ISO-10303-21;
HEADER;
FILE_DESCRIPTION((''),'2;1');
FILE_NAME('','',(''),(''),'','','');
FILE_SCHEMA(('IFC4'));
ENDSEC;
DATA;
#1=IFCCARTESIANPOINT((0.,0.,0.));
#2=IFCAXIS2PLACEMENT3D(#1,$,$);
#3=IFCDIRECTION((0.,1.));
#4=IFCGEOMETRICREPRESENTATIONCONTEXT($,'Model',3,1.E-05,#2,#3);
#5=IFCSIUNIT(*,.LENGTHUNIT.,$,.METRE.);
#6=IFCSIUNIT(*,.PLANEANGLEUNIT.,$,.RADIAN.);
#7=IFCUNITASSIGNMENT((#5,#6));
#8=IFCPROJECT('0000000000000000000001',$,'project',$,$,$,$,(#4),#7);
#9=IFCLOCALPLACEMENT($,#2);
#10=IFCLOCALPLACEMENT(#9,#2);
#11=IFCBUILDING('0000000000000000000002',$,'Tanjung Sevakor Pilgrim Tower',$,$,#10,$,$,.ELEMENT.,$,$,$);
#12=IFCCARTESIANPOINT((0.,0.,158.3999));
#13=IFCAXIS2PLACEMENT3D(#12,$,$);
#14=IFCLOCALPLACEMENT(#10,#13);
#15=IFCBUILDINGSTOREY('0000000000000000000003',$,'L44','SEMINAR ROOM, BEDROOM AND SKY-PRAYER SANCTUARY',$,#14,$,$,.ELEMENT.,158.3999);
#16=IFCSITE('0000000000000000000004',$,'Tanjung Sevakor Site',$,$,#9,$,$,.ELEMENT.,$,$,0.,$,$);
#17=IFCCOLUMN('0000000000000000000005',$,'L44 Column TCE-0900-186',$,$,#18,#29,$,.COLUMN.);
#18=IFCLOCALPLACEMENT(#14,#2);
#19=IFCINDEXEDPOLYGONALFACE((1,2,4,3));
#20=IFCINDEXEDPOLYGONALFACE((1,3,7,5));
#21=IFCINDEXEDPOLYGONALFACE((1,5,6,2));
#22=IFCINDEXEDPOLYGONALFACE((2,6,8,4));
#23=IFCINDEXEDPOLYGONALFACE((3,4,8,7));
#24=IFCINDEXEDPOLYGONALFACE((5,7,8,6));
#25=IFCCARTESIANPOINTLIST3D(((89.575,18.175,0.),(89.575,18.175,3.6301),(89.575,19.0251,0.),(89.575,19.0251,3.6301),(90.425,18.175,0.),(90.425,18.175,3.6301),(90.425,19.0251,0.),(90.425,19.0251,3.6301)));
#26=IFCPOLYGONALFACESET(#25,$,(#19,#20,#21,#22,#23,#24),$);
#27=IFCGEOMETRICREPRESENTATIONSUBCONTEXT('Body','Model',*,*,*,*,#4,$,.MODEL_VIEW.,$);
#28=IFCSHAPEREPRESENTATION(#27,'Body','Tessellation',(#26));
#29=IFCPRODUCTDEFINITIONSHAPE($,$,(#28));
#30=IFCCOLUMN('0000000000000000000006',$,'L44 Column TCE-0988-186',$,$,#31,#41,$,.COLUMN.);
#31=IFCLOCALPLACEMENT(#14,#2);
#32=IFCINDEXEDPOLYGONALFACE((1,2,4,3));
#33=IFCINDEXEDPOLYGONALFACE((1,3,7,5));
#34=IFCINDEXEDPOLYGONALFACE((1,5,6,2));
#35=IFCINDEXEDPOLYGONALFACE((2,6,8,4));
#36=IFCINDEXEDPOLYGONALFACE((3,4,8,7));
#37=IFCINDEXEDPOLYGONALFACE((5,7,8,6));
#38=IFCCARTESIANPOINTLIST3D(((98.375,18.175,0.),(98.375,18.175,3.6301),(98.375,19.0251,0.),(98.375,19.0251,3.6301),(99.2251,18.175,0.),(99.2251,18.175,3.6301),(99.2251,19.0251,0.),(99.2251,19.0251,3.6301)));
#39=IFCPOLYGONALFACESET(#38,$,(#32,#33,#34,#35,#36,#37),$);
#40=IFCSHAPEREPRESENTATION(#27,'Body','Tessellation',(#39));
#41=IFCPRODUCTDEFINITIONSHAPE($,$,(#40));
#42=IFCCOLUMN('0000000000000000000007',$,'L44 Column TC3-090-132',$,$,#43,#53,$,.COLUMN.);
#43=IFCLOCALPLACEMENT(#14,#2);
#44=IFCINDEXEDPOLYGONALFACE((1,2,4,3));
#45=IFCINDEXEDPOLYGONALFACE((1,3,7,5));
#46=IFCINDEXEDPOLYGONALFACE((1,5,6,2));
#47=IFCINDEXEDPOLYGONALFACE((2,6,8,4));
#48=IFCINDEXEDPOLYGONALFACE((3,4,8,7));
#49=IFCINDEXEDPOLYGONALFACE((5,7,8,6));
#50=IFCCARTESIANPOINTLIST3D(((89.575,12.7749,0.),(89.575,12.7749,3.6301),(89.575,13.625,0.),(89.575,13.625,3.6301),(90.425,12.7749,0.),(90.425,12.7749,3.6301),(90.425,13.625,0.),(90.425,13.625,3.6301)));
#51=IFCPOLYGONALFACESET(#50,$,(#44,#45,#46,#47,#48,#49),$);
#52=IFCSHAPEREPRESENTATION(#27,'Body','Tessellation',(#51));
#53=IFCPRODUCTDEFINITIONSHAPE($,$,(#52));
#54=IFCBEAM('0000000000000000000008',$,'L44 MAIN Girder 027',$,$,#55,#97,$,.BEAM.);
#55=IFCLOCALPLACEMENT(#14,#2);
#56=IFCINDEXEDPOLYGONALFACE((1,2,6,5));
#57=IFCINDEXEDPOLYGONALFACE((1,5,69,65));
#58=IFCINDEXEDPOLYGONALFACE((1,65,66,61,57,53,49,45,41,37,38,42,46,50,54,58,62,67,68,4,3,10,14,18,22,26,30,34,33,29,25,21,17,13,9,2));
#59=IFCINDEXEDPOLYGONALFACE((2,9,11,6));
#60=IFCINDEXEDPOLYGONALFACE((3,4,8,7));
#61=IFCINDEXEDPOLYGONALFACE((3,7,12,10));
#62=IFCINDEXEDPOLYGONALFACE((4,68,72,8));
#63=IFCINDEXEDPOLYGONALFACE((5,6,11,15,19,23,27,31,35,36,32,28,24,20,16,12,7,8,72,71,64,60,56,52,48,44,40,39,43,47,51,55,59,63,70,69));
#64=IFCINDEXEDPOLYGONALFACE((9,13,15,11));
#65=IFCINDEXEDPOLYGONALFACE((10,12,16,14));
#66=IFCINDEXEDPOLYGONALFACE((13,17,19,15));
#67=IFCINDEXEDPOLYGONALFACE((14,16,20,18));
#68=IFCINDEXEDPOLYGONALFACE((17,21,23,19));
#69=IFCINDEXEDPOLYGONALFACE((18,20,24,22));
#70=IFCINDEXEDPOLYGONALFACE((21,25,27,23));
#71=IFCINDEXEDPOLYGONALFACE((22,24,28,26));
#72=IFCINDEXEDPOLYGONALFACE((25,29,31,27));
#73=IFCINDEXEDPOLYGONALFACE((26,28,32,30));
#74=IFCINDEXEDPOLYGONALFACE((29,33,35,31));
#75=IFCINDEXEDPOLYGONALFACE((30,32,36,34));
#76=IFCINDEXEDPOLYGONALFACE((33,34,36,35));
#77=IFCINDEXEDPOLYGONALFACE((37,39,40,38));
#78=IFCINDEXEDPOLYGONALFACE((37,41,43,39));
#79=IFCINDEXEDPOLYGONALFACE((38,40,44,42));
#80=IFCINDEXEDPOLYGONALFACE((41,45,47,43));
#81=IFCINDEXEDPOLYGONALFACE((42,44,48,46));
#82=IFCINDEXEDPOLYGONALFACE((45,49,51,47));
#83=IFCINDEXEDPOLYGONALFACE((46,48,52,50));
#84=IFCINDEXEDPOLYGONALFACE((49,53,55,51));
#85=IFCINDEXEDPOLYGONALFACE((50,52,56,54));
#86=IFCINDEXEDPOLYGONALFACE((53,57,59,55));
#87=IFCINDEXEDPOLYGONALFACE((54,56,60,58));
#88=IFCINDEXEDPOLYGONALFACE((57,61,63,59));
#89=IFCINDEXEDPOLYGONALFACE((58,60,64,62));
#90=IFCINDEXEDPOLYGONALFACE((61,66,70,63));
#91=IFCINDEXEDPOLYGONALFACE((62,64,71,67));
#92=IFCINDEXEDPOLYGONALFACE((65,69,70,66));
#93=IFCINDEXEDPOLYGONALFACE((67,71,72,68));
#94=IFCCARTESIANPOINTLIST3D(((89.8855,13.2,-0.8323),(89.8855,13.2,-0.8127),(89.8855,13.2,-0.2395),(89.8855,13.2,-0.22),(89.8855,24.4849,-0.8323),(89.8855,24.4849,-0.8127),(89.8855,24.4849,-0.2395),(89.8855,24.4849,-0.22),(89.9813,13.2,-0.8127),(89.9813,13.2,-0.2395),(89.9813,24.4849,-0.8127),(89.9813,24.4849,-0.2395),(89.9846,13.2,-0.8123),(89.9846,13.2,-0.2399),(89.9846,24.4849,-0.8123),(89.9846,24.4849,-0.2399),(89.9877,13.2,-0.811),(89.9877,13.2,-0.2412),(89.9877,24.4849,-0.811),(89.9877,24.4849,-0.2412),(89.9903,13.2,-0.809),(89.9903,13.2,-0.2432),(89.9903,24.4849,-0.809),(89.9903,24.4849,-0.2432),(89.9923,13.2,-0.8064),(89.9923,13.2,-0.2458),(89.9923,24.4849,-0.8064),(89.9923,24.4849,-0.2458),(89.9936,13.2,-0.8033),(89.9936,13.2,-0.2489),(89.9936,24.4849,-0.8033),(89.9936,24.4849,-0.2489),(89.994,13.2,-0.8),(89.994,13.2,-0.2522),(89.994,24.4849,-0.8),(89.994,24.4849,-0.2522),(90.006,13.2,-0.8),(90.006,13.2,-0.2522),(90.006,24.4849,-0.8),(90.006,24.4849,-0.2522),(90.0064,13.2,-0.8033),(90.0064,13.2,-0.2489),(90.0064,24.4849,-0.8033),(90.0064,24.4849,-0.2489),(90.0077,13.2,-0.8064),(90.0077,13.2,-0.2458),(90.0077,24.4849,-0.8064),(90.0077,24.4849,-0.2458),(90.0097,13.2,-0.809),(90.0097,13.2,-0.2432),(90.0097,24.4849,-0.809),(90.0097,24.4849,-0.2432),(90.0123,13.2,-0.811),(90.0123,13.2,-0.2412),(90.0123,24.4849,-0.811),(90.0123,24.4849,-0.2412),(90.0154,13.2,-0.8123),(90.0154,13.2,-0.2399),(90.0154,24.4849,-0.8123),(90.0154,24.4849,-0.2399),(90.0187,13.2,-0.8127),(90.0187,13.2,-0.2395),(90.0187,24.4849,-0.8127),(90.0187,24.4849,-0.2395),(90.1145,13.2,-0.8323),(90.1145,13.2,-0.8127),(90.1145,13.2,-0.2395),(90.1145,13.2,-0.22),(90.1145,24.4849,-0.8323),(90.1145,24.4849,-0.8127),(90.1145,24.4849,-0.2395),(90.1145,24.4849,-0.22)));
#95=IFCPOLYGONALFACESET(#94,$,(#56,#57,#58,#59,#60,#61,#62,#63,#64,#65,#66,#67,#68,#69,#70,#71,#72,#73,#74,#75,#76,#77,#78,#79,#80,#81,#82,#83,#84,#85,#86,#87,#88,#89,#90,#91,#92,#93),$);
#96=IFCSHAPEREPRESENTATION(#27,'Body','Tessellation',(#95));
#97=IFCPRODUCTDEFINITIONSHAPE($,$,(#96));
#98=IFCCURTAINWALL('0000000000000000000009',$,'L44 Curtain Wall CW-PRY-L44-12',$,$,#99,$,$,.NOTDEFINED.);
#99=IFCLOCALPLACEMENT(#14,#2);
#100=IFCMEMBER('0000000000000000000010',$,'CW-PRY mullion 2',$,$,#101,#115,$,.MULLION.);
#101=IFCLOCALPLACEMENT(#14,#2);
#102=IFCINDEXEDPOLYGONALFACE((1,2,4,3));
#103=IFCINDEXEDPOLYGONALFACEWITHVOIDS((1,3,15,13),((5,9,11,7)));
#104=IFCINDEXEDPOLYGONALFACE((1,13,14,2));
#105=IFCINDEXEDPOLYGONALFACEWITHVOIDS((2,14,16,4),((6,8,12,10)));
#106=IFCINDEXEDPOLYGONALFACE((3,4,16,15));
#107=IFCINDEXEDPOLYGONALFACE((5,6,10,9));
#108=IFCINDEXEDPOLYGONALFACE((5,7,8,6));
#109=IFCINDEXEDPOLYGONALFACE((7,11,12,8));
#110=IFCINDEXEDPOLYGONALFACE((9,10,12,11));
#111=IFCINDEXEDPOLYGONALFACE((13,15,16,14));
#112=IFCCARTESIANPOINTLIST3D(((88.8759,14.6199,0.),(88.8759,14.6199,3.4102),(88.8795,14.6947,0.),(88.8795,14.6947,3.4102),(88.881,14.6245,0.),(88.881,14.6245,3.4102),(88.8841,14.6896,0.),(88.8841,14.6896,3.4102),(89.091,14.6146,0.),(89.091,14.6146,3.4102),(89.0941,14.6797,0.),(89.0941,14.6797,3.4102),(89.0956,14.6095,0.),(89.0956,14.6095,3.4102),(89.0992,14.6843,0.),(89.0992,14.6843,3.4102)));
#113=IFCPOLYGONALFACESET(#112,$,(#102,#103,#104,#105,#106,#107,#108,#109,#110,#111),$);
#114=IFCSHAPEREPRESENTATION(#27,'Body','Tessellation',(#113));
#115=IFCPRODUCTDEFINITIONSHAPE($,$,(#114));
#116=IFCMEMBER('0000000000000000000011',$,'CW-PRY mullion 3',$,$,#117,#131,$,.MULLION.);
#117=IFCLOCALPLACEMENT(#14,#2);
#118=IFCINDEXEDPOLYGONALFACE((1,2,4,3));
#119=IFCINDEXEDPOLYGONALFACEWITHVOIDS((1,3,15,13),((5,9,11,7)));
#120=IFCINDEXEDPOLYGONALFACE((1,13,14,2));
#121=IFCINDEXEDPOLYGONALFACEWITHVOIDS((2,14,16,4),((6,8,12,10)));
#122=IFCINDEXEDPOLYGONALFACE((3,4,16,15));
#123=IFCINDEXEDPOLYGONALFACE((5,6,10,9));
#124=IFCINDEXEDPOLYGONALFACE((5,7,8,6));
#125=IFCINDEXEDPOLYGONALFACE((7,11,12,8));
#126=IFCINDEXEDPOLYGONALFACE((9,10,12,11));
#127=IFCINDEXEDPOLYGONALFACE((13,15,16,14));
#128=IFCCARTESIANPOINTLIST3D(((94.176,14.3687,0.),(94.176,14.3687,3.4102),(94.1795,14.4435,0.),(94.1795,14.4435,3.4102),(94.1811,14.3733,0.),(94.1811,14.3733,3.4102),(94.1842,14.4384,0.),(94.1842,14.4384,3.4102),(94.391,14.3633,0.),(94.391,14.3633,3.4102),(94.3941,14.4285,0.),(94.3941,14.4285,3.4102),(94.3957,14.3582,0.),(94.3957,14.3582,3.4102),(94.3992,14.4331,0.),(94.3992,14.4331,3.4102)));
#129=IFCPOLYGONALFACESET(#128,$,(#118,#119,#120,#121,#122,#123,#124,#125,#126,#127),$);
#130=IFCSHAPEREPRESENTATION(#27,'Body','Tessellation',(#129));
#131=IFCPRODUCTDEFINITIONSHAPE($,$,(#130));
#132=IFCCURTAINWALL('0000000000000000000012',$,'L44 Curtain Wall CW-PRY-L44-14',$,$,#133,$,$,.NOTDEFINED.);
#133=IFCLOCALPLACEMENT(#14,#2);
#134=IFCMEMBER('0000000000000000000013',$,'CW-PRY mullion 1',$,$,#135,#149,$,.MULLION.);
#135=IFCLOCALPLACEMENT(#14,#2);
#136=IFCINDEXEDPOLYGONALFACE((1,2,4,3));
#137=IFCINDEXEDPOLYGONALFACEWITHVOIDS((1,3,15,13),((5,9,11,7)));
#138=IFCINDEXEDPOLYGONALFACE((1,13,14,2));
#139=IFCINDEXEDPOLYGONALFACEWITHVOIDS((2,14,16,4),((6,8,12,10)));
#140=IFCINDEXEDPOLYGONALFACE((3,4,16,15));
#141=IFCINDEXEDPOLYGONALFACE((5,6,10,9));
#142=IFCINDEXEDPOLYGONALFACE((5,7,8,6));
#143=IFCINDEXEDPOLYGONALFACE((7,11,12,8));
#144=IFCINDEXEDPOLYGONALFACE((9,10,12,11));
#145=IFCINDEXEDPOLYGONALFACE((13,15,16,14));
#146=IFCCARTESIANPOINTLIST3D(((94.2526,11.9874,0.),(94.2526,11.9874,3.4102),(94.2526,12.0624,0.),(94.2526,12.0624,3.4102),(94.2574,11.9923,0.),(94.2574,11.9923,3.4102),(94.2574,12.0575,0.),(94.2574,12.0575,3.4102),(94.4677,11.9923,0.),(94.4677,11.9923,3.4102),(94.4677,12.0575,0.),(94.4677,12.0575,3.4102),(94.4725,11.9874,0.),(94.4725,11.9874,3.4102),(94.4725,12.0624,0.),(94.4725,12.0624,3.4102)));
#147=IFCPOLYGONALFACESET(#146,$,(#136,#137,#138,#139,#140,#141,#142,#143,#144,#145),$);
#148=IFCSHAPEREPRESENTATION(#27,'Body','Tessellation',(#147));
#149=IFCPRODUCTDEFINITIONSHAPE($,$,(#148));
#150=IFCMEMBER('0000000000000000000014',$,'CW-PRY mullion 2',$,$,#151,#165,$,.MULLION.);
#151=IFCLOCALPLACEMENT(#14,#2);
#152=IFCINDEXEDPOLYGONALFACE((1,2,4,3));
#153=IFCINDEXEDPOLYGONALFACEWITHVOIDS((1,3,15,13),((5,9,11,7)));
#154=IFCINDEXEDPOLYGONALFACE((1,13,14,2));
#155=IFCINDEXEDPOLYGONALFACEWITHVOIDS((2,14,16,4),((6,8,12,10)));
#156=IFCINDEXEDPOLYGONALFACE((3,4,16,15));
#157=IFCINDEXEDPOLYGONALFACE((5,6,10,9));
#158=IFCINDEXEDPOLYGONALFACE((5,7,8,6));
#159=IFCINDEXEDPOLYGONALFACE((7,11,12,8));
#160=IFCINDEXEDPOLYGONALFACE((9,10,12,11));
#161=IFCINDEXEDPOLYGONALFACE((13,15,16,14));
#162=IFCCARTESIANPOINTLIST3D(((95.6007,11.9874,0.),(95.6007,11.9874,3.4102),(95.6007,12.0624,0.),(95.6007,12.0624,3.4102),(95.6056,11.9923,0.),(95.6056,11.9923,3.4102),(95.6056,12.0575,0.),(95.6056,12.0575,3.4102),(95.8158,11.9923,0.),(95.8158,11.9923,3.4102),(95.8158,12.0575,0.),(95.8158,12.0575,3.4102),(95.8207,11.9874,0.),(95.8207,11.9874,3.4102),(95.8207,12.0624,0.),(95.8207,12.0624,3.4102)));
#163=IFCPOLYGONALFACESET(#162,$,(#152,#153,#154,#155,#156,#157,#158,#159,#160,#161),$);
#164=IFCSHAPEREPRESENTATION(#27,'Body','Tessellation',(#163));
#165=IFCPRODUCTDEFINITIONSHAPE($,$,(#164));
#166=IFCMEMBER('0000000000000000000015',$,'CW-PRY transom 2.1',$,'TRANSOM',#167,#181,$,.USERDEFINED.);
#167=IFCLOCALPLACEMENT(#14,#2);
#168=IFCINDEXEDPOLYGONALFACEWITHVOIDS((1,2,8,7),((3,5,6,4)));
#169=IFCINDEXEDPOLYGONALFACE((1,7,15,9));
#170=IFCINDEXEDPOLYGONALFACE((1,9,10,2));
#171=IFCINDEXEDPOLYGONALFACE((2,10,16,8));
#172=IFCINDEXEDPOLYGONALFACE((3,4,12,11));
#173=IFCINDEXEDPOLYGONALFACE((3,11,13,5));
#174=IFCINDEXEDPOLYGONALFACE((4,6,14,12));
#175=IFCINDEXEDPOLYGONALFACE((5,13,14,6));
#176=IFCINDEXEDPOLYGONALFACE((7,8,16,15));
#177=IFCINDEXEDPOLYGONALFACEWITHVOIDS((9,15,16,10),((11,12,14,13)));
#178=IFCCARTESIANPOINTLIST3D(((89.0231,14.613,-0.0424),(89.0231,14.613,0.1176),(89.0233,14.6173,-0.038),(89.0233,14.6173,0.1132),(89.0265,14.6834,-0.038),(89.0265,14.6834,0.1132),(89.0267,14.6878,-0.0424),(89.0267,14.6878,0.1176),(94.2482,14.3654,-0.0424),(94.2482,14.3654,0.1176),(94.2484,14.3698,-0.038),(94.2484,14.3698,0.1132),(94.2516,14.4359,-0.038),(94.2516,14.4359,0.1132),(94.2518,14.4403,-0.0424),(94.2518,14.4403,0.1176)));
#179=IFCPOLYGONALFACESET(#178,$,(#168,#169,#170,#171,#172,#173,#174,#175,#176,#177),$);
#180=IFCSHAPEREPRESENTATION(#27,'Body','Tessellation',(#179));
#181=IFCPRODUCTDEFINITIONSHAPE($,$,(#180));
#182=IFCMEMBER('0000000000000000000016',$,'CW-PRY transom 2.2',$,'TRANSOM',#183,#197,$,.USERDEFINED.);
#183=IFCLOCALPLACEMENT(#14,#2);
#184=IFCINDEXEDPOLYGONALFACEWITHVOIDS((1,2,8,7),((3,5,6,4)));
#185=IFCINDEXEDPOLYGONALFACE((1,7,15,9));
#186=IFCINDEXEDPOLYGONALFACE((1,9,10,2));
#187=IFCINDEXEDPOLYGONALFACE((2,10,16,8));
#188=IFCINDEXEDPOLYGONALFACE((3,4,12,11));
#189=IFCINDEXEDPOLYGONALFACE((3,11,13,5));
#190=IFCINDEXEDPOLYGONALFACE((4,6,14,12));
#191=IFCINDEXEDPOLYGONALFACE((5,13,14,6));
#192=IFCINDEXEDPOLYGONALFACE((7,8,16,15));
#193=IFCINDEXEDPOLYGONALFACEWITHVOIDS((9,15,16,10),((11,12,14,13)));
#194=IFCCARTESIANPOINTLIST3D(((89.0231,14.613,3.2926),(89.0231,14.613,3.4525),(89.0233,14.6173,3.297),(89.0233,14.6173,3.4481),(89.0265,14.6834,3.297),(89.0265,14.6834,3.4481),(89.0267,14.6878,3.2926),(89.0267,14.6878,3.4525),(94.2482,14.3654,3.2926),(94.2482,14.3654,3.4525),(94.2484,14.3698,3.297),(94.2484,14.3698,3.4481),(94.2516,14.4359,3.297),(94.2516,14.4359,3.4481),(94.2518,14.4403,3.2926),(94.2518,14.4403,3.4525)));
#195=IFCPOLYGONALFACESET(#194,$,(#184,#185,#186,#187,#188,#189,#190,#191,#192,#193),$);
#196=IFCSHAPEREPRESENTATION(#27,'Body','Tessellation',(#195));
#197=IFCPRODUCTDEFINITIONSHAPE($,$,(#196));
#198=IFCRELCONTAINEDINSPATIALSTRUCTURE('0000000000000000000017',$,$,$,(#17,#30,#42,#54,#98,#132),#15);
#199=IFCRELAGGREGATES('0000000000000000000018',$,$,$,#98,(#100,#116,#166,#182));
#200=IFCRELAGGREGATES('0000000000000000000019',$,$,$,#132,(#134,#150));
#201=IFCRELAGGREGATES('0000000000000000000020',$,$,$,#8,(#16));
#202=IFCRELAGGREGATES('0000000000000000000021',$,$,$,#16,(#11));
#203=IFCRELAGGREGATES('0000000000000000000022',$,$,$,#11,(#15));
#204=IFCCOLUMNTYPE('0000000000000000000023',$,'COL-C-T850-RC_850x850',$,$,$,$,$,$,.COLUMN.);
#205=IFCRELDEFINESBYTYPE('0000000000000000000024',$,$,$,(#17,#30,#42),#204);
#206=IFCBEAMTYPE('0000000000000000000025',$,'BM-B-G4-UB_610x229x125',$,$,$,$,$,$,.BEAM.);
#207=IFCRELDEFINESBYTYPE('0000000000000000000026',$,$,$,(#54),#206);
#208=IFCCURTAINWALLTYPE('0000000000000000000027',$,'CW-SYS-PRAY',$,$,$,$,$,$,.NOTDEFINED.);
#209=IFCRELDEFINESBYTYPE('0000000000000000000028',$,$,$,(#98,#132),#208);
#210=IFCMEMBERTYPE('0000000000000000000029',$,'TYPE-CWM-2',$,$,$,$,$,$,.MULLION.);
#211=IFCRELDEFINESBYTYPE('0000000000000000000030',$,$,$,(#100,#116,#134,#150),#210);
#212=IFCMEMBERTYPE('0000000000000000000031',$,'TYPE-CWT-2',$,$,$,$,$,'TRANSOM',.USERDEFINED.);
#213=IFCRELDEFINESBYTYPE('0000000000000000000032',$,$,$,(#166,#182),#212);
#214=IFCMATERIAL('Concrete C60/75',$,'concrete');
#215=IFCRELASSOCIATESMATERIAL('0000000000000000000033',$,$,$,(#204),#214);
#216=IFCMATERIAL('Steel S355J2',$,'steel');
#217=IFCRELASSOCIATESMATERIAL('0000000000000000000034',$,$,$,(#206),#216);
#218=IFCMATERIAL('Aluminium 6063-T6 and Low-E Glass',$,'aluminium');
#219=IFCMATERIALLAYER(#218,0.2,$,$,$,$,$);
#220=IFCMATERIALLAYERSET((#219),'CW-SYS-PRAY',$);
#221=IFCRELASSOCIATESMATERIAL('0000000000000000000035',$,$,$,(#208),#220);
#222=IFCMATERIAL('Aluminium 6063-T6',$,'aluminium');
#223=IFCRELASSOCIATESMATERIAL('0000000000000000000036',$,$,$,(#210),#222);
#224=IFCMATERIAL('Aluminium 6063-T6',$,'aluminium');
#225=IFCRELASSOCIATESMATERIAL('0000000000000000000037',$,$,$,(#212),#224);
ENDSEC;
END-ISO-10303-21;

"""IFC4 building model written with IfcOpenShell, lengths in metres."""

from ifc_helpers import new_model, si_unit, direction, frame, origin, origin_2d, place, context, subcontext, project, spatial, rectangle, hollow_rectangle, i_section, extrude, material, layer, layer_set, material_profile, profile_set, type_object, element, aggregate, save


model = new_model("IFC4")

# Units and contexts
model_context = context("Model", 3, precision=1e-05, world=origin(), true_north=direction((0.0, 1.0)))
body_context = subcontext(model_context, "Body", "Model", "MODEL_VIEW")
ifc_project = project(units=[si_unit("LENGTHUNIT", "METRE"), si_unit("PLANEANGLEUNIT", "RADIAN")], contexts=[model_context])

# Site, building, storey
site_placement = place(None, origin())
site = spatial("IfcSite", under=ifc_project, at=site_placement, Name="Tanjung Sevakor Site", CompositionType="ELEMENT", RefElevation=0.0)
building_placement = place(site_placement, origin())
building = spatial("IfcBuilding", under=site, at=building_placement, Name="Tanjung Sevakor Pilgrim Tower", CompositionType="ELEMENT")
storey_placement = place(building_placement, frame((0.0, 0.0, 158.3999)))
storey = spatial("IfcBuildingStorey", under=building, at=storey_placement, Name="L44", Description="SEMINAR ROOM, BEDROOM AND SKY-PRAYER SANCTUARY", CompositionType="ELEMENT", Elevation=158.3999)

# Columns
ifc_material_1 = material(Name="Concrete C60/75", Category="concrete")
ifc_material_profile_1 = material_profile(ifc_material_1, rectangle(XDim=0.8501, YDim=0.8501, at=origin_2d()))
ifc_profile_set_1 = profile_set([ifc_material_profile_1], Name="Concrete C60/75")
column_type = type_object("IfcColumnType", Name="COL-C-T850-RC_850x850", PredefinedType="COLUMN", material=ifc_profile_set_1)
for number, where, z_axis, x_axis, name in (
    (1, (90.0, 18.6001, 0.0), (0.0, 0.0, 1.0), (1.0, 0.0, 0.0), "L44 Column TCE-0900-186"),
    (2, (98.8, 18.6001, 0.0), (0.0, 0.0, 1.0), (1.0, 0.0, 0.0), "L44 Column TCE-0988-186"),
    (3, (90.0, 13.2, 0.0), (0.0, 0.0, 1.0), (1.0, 0.0, 0.0), "L44 Column TC3-090-132"),
):
    element("IfcColumn", number, at=place(storey_placement, frame(where, z_axis=z_axis, x_axis=x_axis)), inside=storey, type_object=column_type, Name=name, PredefinedType="COLUMN", context=body_context, shape_type="SweptSolid", body=[
        extrude(rectangle(XDim=0.8501, YDim=0.8501, at=origin_2d()), origin(), (0.0, 0.0, 1.0), 3.6301),
    ])

# Beam
ifc_material_2 = material(Name="Steel S355J2", Category="steel")
ifc_material_profile_2 = material_profile(ifc_material_2, i_section(OverallWidth=0.229, OverallDepth=0.6123, WebThickness=0.012, FlangeThickness=0.0195, FilletRadius=0.0127, at=origin_2d()))
ifc_profile_set_2 = profile_set([ifc_material_profile_2], Name="Steel S355J2")
beam_type = type_object("IfcBeamType", Name="BM-B-G4-UB_610x229x125", PredefinedType="BEAM", material=ifc_profile_set_2)
beam_placement = place(storey_placement, frame((90.0, 13.2, -0.5261), z_axis=(0.0, 1.0, 0.0), x_axis=(-1.0, 0.0, 0.0)))
element("IfcBeam", 4, at=beam_placement, inside=storey, type_object=beam_type, Name="L44 MAIN Girder 027", PredefinedType="BEAM", context=body_context, shape_type="SweptSolid", body=[
    extrude(i_section(OverallWidth=0.229, OverallDepth=0.6123, WebThickness=0.012, FlangeThickness=0.0195, FilletRadius=0.0127, at=origin_2d()), origin(), (0.0, 0.0, 1.0), 11.2849),
])

# Curtain walls, members
ifc_material_3 = material(Name="Aluminium 6063-T6 and Low-E Glass", Category="aluminium")
ifc_layer_1 = layer(ifc_material_3, 0.2)
ifc_layer_set_1 = layer_set([ifc_layer_1], Name="CW-SYS-PRAY")
curtain_wall_type = type_object("IfcCurtainWallType", Name="CW-SYS-PRAY", PredefinedType="NOTDEFINED", material=ifc_layer_set_1)
curtain_wall_1_placement = place(storey_placement, origin())
curtain_wall_1 = element("IfcCurtainWall", 5, at=curtain_wall_1_placement, inside=storey, type_object=curtain_wall_type, Name="L44 Curtain Wall CW-PRY-L44-12", PredefinedType="NOTDEFINED")
ifc_material_4 = material(Name="Aluminium 6063-T6", Category="aluminium")
ifc_material_profile_3 = material_profile(ifc_material_4, hollow_rectangle(XDim=0.075, YDim=0.22, WallThickness=0.0049, at=origin_2d()))
ifc_profile_set_3 = profile_set([ifc_material_profile_3], Name="Aluminium 6063-T6")
member_type_1 = type_object("IfcMemberType", Name="TYPE-CWM-2", PredefinedType="MULLION", material=ifc_profile_set_3)
member_1_placement = place(storey_placement, frame((88.9875, 14.6521, 0.0), z_axis=(0.0, 0.0, 1.0), x_axis=(0.047338, 0.998879, 0.0)))
member_1 = element("IfcMember", 6, at=member_1_placement, type_object=member_type_1, Name="CW-PRY mullion 2", PredefinedType="MULLION", context=body_context, shape_type="SweptSolid", body=[
    extrude(hollow_rectangle(XDim=0.075, YDim=0.22, WallThickness=0.0049, at=origin_2d()), origin(), (0.0, 0.0, 1.0), 3.4102),
])
member_2_placement = place(storey_placement, frame((94.2876, 14.4009, 0.0), z_axis=(0.0, 0.0, 1.0), x_axis=(0.047338, 0.998879, 0.0)))
member_2 = element("IfcMember", 7, at=member_2_placement, type_object=member_type_1, Name="CW-PRY mullion 3", PredefinedType="MULLION", context=body_context, shape_type="SweptSolid", body=[
    extrude(hollow_rectangle(XDim=0.075, YDim=0.22, WallThickness=0.0049, at=origin_2d()), origin(), (0.0, 0.0, 1.0), 3.4102),
])
curtain_wall_2_placement = place(storey_placement, origin())
curtain_wall_2 = element("IfcCurtainWall", 8, at=curtain_wall_2_placement, inside=storey, type_object=curtain_wall_type, Name="L44 Curtain Wall CW-PRY-L44-14", PredefinedType="NOTDEFINED")
member_3_placement = place(storey_placement, frame((94.3625, 12.0249, 0.0), z_axis=(0.0, 0.0, 1.0), x_axis=(0.0, 1.0, 0.0)))
member_3 = element("IfcMember", 9, at=member_3_placement, type_object=member_type_1, Name="CW-PRY mullion 1", PredefinedType="MULLION", context=body_context, shape_type="SweptSolid", body=[
    extrude(hollow_rectangle(XDim=0.075, YDim=0.22, WallThickness=0.0049, at=origin_2d()), origin(), (0.0, 0.0, 1.0), 3.4102),
])
member_4_placement = place(storey_placement, frame((95.7107, 12.0249, 0.0), z_axis=(0.0, 0.0, 1.0), x_axis=(0.0, 1.0, 0.0)))
member_4 = element("IfcMember", 10, at=member_4_placement, type_object=member_type_1, Name="CW-PRY mullion 2", PredefinedType="MULLION", context=body_context, shape_type="SweptSolid", body=[
    extrude(hollow_rectangle(XDim=0.075, YDim=0.22, WallThickness=0.0049, at=origin_2d()), origin(), (0.0, 0.0, 1.0), 3.4102),
])

# Members
ifc_material_5 = material(Name="Aluminium 6063-T6", Category="aluminium")
ifc_material_profile_4 = material_profile(ifc_material_5, hollow_rectangle(XDim=0.075, YDim=0.1599, WallThickness=0.0044, at=origin_2d()))
ifc_profile_set_4 = profile_set([ifc_material_profile_4], Name="Aluminium 6063-T6")
member_type_2 = type_object("IfcMemberType", Name="TYPE-CWT-2", ElementType="TRANSOM", PredefinedType="USERDEFINED", material=ifc_profile_set_4)
member_5_placement = place(storey_placement, frame((89.0249, 14.6504, 0.0376), z_axis=(0.99888, -0.047326, 0.0), x_axis=(0.047326, 0.99888, 0.0)))
member_5 = element("IfcMember", 11, at=member_5_placement, type_object=member_type_2, Name="CW-PRY transom 2.1", ObjectType="TRANSOM", PredefinedType="USERDEFINED", context=body_context, shape_type="SweptSolid", body=[
    extrude(hollow_rectangle(XDim=0.075, YDim=0.1599, WallThickness=0.0044, at=origin_2d()), origin(), (0.0, 0.0, 1.0), 5.231),
])
member_6_placement = place(storey_placement, frame((89.0249, 14.6504, 3.3726), z_axis=(0.99888, -0.047326, 0.0), x_axis=(0.047326, 0.99888, 0.0)))
member_6 = element("IfcMember", 12, at=member_6_placement, type_object=member_type_2, Name="CW-PRY transom 2.2", ObjectType="TRANSOM", PredefinedType="USERDEFINED", context=body_context, shape_type="SweptSolid", body=[
    extrude(hollow_rectangle(XDim=0.075, YDim=0.1599, WallThickness=0.0044, at=origin_2d()), origin(), (0.0, 0.0, 1.0), 5.231),
])

aggregate(curtain_wall_1, [member_1, member_2, member_5, member_6])
aggregate(curtain_wall_2, [member_3, member_4])

save(model, "model.ifc")
